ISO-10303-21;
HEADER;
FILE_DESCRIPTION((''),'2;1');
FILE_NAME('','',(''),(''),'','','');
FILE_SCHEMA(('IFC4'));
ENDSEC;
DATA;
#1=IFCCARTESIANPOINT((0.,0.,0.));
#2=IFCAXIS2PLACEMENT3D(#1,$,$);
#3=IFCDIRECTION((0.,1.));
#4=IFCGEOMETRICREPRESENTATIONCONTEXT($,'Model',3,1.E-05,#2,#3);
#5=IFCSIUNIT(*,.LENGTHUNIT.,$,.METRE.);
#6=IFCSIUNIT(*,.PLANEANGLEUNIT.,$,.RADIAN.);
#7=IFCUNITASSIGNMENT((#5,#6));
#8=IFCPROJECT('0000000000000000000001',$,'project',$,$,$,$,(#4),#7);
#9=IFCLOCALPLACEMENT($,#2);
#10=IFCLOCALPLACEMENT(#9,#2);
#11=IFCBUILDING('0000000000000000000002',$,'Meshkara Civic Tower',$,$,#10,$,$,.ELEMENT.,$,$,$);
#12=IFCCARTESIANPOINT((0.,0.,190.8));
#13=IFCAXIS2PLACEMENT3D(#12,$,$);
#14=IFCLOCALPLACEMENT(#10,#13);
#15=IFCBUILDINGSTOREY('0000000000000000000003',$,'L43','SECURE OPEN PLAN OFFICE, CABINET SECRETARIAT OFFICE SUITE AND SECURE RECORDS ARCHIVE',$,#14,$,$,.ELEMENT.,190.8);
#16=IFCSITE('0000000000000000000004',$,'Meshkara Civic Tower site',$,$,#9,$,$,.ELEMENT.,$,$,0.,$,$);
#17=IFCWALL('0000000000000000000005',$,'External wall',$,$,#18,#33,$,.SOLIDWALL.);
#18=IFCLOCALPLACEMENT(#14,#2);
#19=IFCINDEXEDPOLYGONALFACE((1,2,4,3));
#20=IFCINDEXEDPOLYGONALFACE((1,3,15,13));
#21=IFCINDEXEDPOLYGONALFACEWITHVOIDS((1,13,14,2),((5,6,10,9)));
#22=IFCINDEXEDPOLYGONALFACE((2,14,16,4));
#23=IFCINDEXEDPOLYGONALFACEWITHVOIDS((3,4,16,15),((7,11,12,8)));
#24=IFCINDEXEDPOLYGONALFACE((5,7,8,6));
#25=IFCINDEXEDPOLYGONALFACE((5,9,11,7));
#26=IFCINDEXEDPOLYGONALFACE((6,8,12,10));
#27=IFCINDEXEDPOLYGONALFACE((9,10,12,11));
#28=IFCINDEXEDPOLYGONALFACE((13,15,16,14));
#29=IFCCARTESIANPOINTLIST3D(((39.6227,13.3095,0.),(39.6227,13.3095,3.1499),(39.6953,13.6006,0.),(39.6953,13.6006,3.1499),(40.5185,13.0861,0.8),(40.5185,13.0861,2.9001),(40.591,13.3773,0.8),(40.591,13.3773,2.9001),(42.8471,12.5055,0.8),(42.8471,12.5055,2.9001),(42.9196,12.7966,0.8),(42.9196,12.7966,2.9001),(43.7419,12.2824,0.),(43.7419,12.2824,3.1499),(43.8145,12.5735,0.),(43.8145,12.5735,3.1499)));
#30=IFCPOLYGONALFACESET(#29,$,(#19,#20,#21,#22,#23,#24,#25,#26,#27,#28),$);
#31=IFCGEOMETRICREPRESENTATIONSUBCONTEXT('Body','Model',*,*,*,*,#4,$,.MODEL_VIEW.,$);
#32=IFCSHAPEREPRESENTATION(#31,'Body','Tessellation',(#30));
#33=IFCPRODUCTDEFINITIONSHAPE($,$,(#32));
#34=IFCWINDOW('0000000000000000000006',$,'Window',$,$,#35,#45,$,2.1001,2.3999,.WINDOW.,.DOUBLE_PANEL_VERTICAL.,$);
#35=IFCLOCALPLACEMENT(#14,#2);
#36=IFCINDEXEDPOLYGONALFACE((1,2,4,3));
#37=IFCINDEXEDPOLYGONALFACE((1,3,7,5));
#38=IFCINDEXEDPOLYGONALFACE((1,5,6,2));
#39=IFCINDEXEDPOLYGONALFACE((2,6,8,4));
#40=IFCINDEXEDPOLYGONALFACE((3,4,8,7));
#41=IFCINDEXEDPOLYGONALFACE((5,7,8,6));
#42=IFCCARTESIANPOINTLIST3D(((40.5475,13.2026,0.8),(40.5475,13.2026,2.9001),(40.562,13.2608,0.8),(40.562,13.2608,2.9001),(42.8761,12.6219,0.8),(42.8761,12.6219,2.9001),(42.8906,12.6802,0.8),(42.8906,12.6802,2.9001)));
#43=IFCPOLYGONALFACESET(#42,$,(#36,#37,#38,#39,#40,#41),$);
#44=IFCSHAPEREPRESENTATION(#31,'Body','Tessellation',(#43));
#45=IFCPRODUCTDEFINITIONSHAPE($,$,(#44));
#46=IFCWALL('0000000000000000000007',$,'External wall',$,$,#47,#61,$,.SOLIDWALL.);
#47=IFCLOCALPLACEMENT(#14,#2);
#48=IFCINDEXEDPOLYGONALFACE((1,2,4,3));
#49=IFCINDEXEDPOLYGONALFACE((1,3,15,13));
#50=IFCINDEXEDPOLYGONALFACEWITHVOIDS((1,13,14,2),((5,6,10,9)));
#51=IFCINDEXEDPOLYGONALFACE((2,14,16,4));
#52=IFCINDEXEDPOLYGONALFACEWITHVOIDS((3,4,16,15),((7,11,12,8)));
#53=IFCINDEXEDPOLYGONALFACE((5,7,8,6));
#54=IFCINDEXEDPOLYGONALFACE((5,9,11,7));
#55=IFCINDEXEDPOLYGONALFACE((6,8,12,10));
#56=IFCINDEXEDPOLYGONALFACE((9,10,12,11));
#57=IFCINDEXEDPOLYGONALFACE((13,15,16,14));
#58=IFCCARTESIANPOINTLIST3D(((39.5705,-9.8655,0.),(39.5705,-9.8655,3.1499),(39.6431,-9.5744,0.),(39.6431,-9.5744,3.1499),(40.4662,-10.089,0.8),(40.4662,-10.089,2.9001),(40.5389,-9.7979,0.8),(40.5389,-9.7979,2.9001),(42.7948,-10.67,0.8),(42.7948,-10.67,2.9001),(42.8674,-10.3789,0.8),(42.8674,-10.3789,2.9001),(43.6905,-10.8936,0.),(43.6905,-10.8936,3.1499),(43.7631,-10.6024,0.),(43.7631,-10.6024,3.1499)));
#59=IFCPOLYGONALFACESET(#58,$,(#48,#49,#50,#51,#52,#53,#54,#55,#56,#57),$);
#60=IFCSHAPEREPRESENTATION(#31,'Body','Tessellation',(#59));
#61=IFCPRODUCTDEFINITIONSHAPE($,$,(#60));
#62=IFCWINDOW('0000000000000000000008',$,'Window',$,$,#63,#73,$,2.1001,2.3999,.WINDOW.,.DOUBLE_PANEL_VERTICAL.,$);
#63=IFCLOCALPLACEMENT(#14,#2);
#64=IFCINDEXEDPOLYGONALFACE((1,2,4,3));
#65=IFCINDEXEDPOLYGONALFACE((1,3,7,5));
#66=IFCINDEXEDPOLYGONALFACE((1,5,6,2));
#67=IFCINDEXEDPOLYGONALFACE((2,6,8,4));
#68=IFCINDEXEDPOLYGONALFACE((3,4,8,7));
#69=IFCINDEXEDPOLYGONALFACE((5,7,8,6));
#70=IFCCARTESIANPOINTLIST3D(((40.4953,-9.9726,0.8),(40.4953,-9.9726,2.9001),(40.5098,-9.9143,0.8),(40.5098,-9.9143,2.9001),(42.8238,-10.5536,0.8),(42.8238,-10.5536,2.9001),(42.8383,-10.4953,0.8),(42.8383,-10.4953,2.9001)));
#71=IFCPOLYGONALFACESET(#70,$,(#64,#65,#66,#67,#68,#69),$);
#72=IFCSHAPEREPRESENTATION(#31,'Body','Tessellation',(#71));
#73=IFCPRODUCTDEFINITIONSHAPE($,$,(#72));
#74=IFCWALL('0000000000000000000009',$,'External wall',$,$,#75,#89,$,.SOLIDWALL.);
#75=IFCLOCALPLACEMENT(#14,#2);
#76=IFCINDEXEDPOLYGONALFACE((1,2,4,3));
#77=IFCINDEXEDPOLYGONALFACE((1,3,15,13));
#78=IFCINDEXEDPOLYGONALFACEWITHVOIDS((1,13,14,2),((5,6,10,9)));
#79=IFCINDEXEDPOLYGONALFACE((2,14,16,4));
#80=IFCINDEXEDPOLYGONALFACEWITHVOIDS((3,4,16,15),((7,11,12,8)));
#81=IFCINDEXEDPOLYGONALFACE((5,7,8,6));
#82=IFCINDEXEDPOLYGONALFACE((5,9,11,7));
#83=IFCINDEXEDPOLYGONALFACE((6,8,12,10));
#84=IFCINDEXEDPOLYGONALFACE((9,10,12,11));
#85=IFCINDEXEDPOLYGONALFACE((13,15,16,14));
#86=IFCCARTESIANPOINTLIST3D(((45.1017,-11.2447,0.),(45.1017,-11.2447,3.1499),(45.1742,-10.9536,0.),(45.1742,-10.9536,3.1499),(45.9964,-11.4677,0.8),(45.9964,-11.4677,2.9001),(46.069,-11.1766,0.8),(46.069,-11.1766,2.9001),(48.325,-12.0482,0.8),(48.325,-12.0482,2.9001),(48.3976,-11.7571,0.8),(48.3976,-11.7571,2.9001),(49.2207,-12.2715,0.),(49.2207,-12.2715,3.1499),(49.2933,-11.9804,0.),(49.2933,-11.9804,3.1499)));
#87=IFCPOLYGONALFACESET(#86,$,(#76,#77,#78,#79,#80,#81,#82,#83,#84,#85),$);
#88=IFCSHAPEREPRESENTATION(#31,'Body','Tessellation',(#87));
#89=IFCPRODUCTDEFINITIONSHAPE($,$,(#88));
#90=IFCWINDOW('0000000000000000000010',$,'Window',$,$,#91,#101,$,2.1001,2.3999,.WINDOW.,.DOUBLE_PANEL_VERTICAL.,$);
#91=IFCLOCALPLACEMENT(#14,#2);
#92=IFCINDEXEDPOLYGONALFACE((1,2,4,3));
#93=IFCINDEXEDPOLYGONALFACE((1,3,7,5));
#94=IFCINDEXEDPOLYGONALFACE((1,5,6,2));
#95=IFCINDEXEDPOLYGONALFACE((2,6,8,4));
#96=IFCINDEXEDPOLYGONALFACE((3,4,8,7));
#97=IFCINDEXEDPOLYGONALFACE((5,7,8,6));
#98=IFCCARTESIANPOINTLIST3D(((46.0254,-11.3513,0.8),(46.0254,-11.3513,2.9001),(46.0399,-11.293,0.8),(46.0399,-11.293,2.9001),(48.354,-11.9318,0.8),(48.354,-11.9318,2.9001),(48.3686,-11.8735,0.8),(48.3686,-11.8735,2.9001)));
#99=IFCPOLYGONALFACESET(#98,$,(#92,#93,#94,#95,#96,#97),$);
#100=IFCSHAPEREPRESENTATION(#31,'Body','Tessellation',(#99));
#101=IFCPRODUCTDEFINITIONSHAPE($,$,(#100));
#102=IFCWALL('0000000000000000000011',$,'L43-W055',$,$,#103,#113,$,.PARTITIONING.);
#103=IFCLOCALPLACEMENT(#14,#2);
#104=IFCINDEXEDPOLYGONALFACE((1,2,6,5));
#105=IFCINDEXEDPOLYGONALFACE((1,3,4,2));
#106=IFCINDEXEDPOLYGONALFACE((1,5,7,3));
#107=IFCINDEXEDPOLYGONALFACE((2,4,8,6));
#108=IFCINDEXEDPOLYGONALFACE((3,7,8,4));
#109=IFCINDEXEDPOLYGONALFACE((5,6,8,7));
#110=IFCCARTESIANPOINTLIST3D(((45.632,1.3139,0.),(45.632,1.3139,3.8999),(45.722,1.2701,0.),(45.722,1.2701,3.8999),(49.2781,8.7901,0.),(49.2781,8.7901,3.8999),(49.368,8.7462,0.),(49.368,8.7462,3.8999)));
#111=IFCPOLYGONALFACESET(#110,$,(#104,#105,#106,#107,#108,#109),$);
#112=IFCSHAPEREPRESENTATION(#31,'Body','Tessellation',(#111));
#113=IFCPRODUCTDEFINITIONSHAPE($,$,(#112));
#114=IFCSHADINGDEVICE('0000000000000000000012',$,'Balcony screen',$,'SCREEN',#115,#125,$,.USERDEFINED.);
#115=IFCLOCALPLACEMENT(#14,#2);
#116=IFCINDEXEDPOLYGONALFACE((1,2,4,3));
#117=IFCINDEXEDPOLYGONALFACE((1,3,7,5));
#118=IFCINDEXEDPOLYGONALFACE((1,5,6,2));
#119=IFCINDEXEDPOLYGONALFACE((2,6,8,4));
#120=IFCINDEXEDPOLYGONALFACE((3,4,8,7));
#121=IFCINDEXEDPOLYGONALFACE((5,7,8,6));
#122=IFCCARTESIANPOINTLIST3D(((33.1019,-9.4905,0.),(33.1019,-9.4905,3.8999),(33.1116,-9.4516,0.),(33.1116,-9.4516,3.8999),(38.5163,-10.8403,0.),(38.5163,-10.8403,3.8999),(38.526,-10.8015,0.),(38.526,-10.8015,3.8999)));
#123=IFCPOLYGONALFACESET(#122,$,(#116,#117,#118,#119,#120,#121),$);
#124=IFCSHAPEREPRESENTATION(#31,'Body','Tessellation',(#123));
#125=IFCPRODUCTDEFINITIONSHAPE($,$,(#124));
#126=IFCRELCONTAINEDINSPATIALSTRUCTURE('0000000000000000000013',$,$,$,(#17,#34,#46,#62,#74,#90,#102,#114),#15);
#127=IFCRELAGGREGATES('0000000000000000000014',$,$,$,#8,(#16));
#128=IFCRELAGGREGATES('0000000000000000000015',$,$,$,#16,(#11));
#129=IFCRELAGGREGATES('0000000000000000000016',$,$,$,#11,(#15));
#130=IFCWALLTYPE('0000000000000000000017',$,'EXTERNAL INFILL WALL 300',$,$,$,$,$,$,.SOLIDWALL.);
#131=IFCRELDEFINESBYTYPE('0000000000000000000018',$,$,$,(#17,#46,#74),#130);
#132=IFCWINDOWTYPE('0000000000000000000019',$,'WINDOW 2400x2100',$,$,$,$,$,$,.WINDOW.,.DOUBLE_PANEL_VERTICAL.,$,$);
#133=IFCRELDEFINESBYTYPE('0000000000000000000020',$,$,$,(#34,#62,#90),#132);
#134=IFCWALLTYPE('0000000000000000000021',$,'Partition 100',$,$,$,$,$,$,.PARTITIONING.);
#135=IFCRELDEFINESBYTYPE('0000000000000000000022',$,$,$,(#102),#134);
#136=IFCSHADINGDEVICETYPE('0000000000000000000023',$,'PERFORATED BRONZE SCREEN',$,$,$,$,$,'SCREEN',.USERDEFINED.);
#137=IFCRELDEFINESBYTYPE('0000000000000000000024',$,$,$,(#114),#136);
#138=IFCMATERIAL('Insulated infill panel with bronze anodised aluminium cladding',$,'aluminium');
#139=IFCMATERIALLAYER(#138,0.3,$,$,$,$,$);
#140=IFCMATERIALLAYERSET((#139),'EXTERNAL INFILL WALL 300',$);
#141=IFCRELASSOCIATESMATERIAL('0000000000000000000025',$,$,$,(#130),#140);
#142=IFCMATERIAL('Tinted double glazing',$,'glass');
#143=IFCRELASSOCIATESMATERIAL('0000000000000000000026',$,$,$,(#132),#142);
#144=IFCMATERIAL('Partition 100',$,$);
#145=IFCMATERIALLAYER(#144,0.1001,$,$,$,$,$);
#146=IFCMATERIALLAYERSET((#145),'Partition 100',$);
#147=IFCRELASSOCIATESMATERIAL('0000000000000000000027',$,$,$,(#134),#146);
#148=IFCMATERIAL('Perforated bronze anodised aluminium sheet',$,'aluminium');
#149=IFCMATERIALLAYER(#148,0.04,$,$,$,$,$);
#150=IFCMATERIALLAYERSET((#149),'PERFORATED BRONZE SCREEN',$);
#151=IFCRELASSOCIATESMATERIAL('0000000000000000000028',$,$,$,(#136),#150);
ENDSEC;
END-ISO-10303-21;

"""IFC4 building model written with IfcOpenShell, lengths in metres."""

from ifc_helpers import new_model, si_unit, direction, frame, frame_2d, origin, origin_2d, place, context, subcontext, project, spatial, rectangle, extrude, material, layer, layer_set, type_object, element, fill, save


model = new_model("IFC4")

# Units and contexts
model_context = context("Model", 3, precision=1e-05, world=origin(), true_north=direction((0.0, 1.0)))
body_context = subcontext(model_context, "Body", "Model", "MODEL_VIEW")
ifc_project = project(units=[si_unit("LENGTHUNIT", "METRE"), si_unit("PLANEANGLEUNIT", "RADIAN")], contexts=[model_context])

# Site, building, storey
site_placement = place(None, origin())
site = spatial("IfcSite", under=ifc_project, at=site_placement, Name="Meshkara Civic Tower site", CompositionType="ELEMENT", RefElevation=0.0)
building_placement = place(site_placement, origin())
building = spatial("IfcBuilding", under=site, at=building_placement, Name="Meshkara Civic Tower", CompositionType="ELEMENT")
storey_placement = place(building_placement, frame((0.0, 0.0, 190.8)))
storey = spatial("IfcBuildingStorey", under=building, at=storey_placement, Name="L43", Description="SECURE OPEN PLAN OFFICE, CABINET SECRETARIAT OFFICE SUITE AND SECURE RECORDS ARCHIVE", CompositionType="ELEMENT", Elevation=190.8)

# Walls, openings, windows
ifc_material_1 = material(Name="Insulated infill panel with bronze anodised aluminium cladding", Category="aluminium")
ifc_layer_1 = layer(ifc_material_1, 0.3)
ifc_layer_set_1 = layer_set([ifc_layer_1], Name="EXTERNAL INFILL WALL 300")
wall_type_1 = type_object("IfcWallType", Name="EXTERNAL INFILL WALL 300", PredefinedType="SOLIDWALL", material=ifc_layer_set_1)
wall_1_placement = place(storey_placement, frame((43.7781, 12.428, 0.0), z_axis=(0.0, 0.0, 1.0), x_axis=(-0.970291, 0.24194, 0.0)))
wall_1 = element("IfcWall", 1, at=wall_1_placement, inside=storey, type_object=wall_type_1, Name="External wall", PredefinedType="SOLIDWALL", context=body_context, shape_type="SweptSolid", body=[
    extrude(rectangle(XDim=4.2454, YDim=0.3, at=frame_2d((2.1226, 0.0))), origin(), (0.0, 0.0, 1.0), 3.1499),
])
opening_1_placement = place(wall_1_placement, frame((0.9221, 0.0, 0.8)))
opening_1 = element("IfcOpeningElement", 2, at=opening_1_placement, cuts=wall_1, PredefinedType="OPENING", context=body_context, shape_type="SweptSolid", body=[
    extrude(rectangle(XDim=2.3999, YDim=2.1001, at=frame_2d((1.2, 1.05))), frame((0.0, 0.1599, 0.0), z_axis=(0.0, -1.0, 0.0), x_axis=(1.0, 0.0, 0.0)), (0.0, 0.0, 1.0), 0.3201),
])
ifc_material_2 = material(Name="Tinted double glazing", Category="glass")
window_type = type_object("IfcWindowType", Name="WINDOW 2400x2100", PartitioningType="DOUBLE_PANEL_VERTICAL", PredefinedType="WINDOW", material=ifc_material_2)
window_1_placement = place(opening_1_placement, origin())
window_1 = element("IfcWindow", 3, at=window_1_placement, inside=storey, type_object=window_type, Name="Window", OverallHeight=2.1001, OverallWidth=2.3999, PartitioningType="DOUBLE_PANEL_VERTICAL", PredefinedType="WINDOW", context=body_context, shape_type="SweptSolid", body=[
    extrude(rectangle(XDim=2.3999, YDim=2.1001, at=frame_2d((1.2, 1.05))), frame((0.0, 0.03, 0.0), z_axis=(0.0, -1.0, 0.0), x_axis=(1.0, 0.0, 0.0)), (0.0, 0.0, 1.0), 0.0601),
])
fill(opening_1, window_1)
wall_2_placement = place(storey_placement, frame((39.6069, -9.72, 0.0), z_axis=(0.0, 0.0, 1.0), x_axis=(0.970251, -0.242103, 0.0)))
wall_2 = element("IfcWall", 4, at=wall_2_placement, inside=storey, type_object=wall_type_1, Name="External wall", PredefinedType="SOLIDWALL", context=body_context, shape_type="SweptSolid", body=[
    extrude(rectangle(XDim=4.2463, YDim=0.3, at=frame_2d((2.123, 0.0))), origin(), (0.0, 0.0, 1.0), 3.1499),
])
opening_2_placement = place(wall_2_placement, frame((0.9231, 0.0, 0.8)))
opening_2 = element("IfcOpeningElement", 5, at=opening_2_placement, cuts=wall_2, PredefinedType="OPENING", context=body_context, shape_type="SweptSolid", body=[
    extrude(rectangle(XDim=2.3999, YDim=2.1001, at=frame_2d((1.2, 1.05))), frame((0.0, 0.1599, 0.0), z_axis=(0.0, -1.0, 0.0), x_axis=(1.0, 0.0, 0.0)), (0.0, 0.0, 1.0), 0.3201),
])
window_2_placement = place(opening_2_placement, origin())
window_2 = element("IfcWindow", 6, at=window_2_placement, inside=storey, type_object=window_type, Name="Window", OverallHeight=2.1001, OverallWidth=2.3999, PartitioningType="DOUBLE_PANEL_VERTICAL", PredefinedType="WINDOW", context=body_context, shape_type="SweptSolid", body=[
    extrude(rectangle(XDim=2.3999, YDim=2.1001, at=frame_2d((1.2, 1.05))), frame((0.0, 0.03, 0.0), z_axis=(0.0, -1.0, 0.0), x_axis=(1.0, 0.0, 0.0)), (0.0, 0.0, 1.0), 0.0601),
])
fill(opening_2, window_2)
wall_3_placement = place(storey_placement, frame((45.1379, -11.0991, 0.0), z_axis=(0.0, 0.0, 1.0), x_axis=(0.970305, -0.241886, 0.0)))
wall_3 = element("IfcWall", 7, at=wall_3_placement, inside=storey, type_object=wall_type_1, Name="External wall", PredefinedType="SOLIDWALL", context=body_context, shape_type="SweptSolid", body=[
    extrude(rectangle(XDim=4.2451, YDim=0.3, at=frame_2d((2.1226, 0.0))), origin(), (0.0, 0.0, 1.0), 3.1499),
])
opening_3_placement = place(wall_3_placement, frame((0.9221, 0.0, 0.8)))
opening_3 = element("IfcOpeningElement", 8, at=opening_3_placement, cuts=wall_3, PredefinedType="OPENING", context=body_context, shape_type="SweptSolid", body=[
    extrude(rectangle(XDim=2.3999, YDim=2.1001, at=frame_2d((1.2, 1.05))), frame((0.0, 0.1599, 0.0), z_axis=(0.0, -1.0, 0.0), x_axis=(1.0, 0.0, 0.0)), (0.0, 0.0, 1.0), 0.3201),
])
window_3_placement = place(opening_3_placement, origin())
window_3 = element("IfcWindow", 9, at=window_3_placement, inside=storey, type_object=window_type, Name="Window", OverallHeight=2.1001, OverallWidth=2.3999, PartitioningType="DOUBLE_PANEL_VERTICAL", PredefinedType="WINDOW", context=body_context, shape_type="SweptSolid", body=[
    extrude(rectangle(XDim=2.3999, YDim=2.1001, at=frame_2d((1.2, 1.05))), frame((0.0, 0.03, 0.0), z_axis=(0.0, -1.0, 0.0), x_axis=(1.0, 0.0, 0.0)), (0.0, 0.0, 1.0), 0.0601),
])
fill(opening_3, window_3)

# Wall
ifc_material_3 = material(Name="Partition 100")
ifc_layer_2 = layer(ifc_material_3, 0.1001)
ifc_layer_set_2 = layer_set([ifc_layer_2], Name="Partition 100")
wall_type_2 = type_object("IfcWallType", Name="Partition 100", PredefinedType="PARTITIONING", material=ifc_layer_set_2)
wall_4_placement = place(storey_placement, frame((45.677, 1.292, 0.0), z_axis=(0.0, 0.0, 1.0), x_axis=(0.438339, 0.89881, 0.0)))
element("IfcWall", 10, at=wall_4_placement, inside=storey, type_object=wall_type_2, Name="L43-W055", PredefinedType="PARTITIONING", context=body_context, shape_type="SweptSolid", body=[
    extrude(rectangle(XDim=8.3179, YDim=0.1001, at=frame_2d((4.1589, 0.0))), origin(), (0.0, 0.0, 1.0), 3.8999),
])

# Shading device
ifc_material_4 = material(Name="Perforated bronze anodised aluminium sheet", Category="aluminium")
ifc_layer_3 = layer(ifc_material_4, 0.04)
ifc_layer_set_3 = layer_set([ifc_layer_3], Name="PERFORATED BRONZE SCREEN")
shading_device_type = type_object("IfcShadingDeviceType", Name="PERFORATED BRONZE SCREEN", ElementType="SCREEN", PredefinedType="USERDEFINED", material=ifc_layer_set_3)
shading_device_placement = place(storey_placement, frame((35.814, -10.146, 0.0), z_axis=(0.0, 0.0, 1.0), x_axis=(0.9703, -0.241905, 0.0)))
element("IfcShadingDevice", 11, at=shading_device_placement, inside=storey, type_object=shading_device_type, Name="Balcony screen", ObjectType="SCREEN", PredefinedType="USERDEFINED", context=body_context, shape_type="SweptSolid", body=[
    extrude(rectangle(XDim=5.5801, YDim=0.04, at=origin_2d()), origin(), (0.0, 0.0, 1.0), 3.8999),
])

save(model, "model.ifc")
